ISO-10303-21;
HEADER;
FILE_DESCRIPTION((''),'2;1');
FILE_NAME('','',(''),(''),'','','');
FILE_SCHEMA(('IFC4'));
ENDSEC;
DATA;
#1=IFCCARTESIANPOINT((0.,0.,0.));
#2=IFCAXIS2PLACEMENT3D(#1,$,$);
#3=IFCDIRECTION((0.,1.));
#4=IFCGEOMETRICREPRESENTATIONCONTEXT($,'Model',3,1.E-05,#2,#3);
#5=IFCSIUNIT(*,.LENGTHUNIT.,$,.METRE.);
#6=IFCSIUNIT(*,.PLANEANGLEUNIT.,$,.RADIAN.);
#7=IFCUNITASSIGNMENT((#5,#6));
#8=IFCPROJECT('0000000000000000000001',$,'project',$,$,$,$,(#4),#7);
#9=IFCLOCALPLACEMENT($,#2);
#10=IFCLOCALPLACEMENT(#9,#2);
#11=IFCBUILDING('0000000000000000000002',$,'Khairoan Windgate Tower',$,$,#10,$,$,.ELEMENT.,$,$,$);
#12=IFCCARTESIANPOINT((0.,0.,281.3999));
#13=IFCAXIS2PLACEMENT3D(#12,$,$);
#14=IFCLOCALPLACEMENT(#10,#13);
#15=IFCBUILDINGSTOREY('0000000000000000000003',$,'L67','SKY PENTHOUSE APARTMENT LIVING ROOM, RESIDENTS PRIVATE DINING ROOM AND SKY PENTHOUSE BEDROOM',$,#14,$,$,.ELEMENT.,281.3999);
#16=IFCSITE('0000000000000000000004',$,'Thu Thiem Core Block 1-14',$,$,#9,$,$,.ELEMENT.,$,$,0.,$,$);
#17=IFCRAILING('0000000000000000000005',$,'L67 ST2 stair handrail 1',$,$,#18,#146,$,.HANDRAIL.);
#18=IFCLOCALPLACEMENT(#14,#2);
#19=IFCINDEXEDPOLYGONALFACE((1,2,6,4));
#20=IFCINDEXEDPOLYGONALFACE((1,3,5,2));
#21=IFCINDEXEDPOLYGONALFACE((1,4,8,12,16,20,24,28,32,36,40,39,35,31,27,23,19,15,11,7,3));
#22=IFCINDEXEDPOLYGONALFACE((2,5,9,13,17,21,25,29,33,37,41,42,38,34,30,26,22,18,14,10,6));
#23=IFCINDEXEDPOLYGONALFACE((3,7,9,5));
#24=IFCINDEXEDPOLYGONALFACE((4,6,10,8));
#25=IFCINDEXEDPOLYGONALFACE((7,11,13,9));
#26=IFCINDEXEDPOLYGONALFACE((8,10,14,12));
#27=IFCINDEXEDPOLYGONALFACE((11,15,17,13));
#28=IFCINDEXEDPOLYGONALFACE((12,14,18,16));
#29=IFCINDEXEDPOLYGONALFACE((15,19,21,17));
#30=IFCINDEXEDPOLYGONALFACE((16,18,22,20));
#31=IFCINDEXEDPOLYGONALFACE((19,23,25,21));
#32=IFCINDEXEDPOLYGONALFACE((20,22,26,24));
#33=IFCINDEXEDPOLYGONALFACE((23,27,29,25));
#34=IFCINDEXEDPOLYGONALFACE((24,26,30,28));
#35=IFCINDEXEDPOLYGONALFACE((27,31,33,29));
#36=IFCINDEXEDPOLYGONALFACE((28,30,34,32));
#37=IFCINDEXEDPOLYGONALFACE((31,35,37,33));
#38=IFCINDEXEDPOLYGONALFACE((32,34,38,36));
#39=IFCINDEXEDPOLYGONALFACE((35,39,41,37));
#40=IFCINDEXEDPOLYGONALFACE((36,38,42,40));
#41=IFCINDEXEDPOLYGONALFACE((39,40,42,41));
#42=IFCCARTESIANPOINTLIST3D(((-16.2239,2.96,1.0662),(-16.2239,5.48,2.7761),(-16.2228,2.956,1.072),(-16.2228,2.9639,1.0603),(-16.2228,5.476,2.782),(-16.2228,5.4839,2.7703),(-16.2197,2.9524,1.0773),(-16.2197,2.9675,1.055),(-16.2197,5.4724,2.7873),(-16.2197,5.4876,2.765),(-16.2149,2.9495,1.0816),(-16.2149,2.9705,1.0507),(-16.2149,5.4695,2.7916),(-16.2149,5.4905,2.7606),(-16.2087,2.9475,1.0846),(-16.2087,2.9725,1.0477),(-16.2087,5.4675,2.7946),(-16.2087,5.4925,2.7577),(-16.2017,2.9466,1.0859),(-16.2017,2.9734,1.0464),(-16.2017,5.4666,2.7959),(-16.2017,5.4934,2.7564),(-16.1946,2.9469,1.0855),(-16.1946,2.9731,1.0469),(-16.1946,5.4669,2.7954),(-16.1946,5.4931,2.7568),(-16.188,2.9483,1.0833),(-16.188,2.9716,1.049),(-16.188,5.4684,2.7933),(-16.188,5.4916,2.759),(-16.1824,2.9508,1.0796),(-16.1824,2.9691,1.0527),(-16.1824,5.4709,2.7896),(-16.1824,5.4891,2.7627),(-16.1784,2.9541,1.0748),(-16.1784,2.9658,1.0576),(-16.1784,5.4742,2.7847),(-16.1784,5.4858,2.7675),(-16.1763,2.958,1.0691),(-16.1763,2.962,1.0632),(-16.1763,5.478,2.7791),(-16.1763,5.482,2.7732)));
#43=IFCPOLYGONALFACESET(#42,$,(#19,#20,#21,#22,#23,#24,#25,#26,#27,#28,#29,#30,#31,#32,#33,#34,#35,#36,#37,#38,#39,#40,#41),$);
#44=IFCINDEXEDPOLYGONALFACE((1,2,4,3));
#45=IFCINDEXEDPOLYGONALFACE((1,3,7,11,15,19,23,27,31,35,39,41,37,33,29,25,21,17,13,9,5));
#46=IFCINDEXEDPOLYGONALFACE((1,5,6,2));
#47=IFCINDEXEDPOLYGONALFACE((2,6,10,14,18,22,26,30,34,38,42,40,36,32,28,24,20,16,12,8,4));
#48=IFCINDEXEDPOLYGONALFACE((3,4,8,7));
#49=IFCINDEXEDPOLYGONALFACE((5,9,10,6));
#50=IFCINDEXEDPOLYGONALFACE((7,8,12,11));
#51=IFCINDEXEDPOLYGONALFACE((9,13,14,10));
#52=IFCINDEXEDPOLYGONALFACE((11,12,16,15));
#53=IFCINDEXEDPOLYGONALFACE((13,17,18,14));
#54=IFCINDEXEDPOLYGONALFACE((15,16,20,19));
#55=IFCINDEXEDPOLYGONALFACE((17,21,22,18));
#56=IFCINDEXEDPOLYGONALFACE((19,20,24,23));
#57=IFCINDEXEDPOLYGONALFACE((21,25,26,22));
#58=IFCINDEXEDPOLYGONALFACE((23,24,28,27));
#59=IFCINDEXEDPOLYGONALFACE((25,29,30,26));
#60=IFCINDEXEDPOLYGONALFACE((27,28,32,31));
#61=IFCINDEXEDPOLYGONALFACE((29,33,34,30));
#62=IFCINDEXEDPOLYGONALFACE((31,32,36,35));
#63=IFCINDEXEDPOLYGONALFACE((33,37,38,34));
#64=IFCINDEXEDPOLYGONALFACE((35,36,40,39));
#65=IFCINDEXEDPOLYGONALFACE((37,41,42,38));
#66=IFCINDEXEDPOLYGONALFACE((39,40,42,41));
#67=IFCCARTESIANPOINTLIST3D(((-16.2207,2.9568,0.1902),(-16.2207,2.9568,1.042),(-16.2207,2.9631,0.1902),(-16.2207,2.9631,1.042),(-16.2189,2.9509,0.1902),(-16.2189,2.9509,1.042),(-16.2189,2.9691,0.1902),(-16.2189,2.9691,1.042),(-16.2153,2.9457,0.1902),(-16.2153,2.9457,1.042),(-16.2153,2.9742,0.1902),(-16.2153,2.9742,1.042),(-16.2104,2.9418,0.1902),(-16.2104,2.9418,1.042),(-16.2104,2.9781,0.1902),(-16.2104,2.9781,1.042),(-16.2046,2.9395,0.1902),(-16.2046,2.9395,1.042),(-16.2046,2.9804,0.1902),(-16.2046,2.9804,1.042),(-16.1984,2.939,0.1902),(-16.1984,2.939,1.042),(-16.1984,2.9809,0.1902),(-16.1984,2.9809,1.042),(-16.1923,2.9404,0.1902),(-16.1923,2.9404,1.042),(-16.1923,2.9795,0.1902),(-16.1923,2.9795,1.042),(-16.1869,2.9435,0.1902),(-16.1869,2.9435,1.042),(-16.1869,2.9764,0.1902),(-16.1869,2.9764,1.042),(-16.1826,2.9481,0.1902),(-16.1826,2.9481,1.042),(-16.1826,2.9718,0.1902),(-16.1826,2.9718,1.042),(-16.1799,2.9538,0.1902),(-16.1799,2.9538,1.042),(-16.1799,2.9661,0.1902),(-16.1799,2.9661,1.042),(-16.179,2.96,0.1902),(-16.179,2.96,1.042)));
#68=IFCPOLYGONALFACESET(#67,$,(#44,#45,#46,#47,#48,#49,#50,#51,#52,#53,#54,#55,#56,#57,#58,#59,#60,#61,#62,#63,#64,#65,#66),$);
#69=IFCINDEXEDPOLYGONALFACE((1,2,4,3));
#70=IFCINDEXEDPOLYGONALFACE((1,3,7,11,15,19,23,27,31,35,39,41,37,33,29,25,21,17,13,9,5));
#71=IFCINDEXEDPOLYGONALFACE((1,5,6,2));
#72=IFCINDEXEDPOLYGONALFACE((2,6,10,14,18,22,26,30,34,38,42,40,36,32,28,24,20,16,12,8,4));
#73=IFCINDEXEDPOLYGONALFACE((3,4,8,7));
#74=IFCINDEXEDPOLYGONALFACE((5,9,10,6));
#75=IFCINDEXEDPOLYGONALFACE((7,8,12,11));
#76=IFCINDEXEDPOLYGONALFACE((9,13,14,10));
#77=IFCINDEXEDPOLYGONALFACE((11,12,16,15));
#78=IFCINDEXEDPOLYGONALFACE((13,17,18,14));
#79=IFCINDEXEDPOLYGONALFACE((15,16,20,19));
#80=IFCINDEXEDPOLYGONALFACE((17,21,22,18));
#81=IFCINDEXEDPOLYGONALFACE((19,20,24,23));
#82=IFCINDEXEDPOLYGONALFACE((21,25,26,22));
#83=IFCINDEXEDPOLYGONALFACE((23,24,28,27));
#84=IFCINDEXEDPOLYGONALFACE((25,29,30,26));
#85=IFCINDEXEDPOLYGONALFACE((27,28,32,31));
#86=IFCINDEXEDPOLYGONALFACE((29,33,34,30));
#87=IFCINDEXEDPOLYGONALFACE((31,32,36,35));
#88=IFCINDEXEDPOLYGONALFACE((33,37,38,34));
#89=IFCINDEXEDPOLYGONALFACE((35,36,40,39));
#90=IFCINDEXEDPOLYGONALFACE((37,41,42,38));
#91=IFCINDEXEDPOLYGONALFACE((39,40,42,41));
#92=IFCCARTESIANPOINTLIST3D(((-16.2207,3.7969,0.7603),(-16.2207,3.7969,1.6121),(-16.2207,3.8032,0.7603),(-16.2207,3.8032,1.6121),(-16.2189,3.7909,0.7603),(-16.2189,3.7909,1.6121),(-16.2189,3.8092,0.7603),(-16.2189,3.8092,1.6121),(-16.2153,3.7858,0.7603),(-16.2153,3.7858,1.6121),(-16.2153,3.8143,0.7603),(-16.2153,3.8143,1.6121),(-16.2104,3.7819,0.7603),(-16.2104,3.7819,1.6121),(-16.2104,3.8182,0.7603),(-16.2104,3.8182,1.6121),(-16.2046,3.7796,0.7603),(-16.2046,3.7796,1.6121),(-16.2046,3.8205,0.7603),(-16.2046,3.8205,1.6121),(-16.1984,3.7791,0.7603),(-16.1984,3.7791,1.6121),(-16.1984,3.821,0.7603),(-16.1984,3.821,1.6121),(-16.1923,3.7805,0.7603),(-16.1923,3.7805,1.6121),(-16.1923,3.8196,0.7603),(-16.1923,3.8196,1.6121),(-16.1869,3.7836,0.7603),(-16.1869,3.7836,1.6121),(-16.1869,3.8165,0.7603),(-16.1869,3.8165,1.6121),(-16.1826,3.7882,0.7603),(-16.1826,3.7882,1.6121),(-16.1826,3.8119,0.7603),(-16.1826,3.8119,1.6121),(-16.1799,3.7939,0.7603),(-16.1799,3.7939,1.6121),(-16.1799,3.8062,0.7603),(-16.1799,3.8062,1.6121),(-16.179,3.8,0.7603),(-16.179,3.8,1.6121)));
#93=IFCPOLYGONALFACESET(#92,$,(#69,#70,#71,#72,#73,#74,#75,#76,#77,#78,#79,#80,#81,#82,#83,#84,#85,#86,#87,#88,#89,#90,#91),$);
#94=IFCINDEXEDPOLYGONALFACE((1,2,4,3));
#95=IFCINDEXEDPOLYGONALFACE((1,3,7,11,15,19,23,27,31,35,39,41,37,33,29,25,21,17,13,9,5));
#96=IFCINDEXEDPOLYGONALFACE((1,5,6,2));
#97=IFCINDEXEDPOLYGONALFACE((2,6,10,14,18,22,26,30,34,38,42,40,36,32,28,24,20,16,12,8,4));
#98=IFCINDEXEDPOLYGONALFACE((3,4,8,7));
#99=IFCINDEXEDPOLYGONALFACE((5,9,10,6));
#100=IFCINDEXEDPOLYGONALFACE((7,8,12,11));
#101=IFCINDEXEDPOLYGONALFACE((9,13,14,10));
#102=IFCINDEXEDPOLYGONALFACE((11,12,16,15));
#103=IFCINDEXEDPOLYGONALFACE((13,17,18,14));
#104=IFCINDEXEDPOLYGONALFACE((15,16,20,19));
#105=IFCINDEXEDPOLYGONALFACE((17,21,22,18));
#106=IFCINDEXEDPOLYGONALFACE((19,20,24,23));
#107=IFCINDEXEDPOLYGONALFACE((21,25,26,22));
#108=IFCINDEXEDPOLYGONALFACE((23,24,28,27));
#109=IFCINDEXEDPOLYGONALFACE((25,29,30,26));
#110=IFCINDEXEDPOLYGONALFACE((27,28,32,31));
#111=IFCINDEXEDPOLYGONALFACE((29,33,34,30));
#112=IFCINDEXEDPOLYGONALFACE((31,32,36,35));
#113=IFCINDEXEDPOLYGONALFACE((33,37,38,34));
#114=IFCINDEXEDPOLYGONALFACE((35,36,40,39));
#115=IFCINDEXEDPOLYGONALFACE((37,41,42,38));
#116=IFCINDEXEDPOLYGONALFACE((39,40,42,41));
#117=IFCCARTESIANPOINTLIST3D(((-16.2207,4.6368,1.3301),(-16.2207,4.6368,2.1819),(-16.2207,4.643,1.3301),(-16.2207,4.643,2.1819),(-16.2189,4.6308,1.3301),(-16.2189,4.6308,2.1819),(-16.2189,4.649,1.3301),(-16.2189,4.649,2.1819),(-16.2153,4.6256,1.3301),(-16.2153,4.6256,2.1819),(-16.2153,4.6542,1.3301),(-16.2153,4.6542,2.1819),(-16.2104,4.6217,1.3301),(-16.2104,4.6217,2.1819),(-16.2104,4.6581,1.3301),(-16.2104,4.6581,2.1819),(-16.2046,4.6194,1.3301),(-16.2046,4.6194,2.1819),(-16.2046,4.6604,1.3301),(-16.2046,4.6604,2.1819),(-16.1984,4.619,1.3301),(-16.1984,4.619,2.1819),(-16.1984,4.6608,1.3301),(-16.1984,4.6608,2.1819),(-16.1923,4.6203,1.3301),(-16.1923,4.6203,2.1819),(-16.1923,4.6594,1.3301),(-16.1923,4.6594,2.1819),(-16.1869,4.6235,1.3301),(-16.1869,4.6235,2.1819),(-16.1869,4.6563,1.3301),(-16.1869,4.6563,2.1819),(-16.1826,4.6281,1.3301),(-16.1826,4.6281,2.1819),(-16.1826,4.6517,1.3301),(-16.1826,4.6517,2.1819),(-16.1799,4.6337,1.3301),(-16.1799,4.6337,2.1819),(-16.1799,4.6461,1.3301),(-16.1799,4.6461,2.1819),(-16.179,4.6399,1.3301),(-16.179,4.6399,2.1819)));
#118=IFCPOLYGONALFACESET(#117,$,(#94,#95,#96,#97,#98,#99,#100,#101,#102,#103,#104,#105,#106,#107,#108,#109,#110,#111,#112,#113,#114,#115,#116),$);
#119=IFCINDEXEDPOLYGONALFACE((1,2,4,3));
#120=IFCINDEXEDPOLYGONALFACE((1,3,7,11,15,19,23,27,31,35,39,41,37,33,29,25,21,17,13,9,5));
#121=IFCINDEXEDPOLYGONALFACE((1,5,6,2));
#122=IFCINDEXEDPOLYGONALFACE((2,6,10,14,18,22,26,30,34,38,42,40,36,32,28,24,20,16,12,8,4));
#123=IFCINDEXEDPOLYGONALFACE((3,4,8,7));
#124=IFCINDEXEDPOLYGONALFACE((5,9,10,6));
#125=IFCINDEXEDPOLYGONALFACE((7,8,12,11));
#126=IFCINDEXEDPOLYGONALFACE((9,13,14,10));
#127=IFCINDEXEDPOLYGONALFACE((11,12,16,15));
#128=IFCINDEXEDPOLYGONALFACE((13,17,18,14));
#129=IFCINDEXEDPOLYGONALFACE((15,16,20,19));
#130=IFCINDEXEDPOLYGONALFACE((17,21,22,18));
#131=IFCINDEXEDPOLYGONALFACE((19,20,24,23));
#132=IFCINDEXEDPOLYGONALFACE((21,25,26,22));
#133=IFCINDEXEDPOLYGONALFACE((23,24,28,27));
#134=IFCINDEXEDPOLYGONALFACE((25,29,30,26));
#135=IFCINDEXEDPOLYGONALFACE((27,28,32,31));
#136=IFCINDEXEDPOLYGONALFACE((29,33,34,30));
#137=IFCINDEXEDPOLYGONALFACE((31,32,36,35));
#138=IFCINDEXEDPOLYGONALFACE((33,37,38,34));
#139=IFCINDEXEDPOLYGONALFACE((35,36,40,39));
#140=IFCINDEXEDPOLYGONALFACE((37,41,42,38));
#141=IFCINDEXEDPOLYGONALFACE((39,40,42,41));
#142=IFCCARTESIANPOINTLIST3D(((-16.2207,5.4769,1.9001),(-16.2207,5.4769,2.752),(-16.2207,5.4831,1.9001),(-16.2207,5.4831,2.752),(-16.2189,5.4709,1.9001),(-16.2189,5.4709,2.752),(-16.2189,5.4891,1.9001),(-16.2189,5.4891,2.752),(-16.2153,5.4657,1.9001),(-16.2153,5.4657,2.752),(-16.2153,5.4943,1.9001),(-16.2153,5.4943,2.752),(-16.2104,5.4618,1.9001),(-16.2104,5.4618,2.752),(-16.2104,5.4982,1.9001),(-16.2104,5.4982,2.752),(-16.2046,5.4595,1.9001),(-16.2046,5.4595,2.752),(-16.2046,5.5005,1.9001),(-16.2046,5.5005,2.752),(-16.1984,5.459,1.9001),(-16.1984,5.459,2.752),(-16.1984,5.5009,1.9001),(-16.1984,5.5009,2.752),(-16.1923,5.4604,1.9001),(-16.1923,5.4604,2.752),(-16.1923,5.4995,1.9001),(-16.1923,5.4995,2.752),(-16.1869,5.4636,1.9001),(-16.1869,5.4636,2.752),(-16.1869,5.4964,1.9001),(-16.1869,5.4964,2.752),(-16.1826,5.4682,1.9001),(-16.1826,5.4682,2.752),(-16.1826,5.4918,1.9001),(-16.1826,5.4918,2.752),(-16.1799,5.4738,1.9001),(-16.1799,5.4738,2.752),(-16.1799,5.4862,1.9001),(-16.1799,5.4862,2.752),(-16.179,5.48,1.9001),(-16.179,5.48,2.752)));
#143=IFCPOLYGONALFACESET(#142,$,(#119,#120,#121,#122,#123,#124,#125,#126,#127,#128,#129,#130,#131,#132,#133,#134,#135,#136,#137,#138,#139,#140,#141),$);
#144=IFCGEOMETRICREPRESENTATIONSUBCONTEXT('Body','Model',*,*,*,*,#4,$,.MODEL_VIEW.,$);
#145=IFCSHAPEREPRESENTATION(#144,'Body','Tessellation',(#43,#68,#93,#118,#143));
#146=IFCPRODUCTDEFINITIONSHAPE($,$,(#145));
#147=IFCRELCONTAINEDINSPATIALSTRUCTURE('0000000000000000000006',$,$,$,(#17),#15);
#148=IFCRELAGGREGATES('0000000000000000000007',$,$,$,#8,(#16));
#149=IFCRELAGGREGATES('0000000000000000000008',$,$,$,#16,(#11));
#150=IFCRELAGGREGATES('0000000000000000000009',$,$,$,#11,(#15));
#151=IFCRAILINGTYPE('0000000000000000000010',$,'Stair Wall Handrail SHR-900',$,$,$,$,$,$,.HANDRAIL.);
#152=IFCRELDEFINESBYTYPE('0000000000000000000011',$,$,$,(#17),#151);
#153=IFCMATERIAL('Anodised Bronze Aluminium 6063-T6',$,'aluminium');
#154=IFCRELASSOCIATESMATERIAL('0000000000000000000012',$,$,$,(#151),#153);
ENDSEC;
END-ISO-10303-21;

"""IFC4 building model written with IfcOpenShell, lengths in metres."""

from ifc_helpers import new_model, si_unit, direction, frame, origin, origin_2d, place, context, subcontext, project, spatial, circle, extrude, material, type_object, element, save


model = new_model("IFC4")

# Units and contexts
model_context = context("Model", 3, precision=1e-05, world=origin(), true_north=direction((0.0, 1.0)))
body_context = subcontext(model_context, "Body", "Model", "MODEL_VIEW")
ifc_project = project(units=[si_unit("LENGTHUNIT", "METRE"), si_unit("PLANEANGLEUNIT", "RADIAN")], contexts=[model_context])

# Site, building, storey
site_placement = place(None, origin())
site = spatial("IfcSite", under=ifc_project, at=site_placement, Name="Thu Thiem Core Block 1-14", CompositionType="ELEMENT", RefElevation=0.0)
building_placement = place(site_placement, origin())
building = spatial("IfcBuilding", under=site, at=building_placement, Name="Khairoan Windgate Tower", CompositionType="ELEMENT")
storey_placement = place(building_placement, frame((0.0, 0.0, 281.3999)))
storey = spatial("IfcBuildingStorey", under=building, at=storey_placement, Name="L67", Description="SKY PENTHOUSE APARTMENT LIVING ROOM, RESIDENTS PRIVATE DINING ROOM AND SKY PENTHOUSE BEDROOM", CompositionType="ELEMENT", Elevation=281.3999)

# Railing
ifc_material_1 = material(Name="Anodised Bronze Aluminium 6063-T6", Category="aluminium")
railing_type_1 = type_object("IfcRailingType", Name="Stair Wall Handrail SHR-900", PredefinedType="HANDRAIL", material=ifc_material_1)
railing_1_placement = place(storey_placement, frame((-16.2, 2.96, 0.1902)))
element("IfcRailing", 1, at=railing_1_placement, inside=storey, type_object=railing_type_1, Name="L67 ST2 stair handrail 1", PredefinedType="HANDRAIL", context=body_context, shape_type="SweptSolid", body=[
    extrude(circle(Radius=0.0239, at=origin_2d()), frame((0.0, 0.0, 0.876), z_axis=(0.0, 0.827484, 0.56149), x_axis=(-1.0, 0.0, 0.0)), (0.0, 0.0, 1.0), 3.0454),
    extrude(circle(Radius=0.021, at=origin_2d()), origin(), (0.0, 0.0, 1.0), 0.8518),
    extrude(circle(Radius=0.021, at=origin_2d()), frame((0.0, 0.8401, 0.5701)), (0.0, 0.0, 1.0), 0.8518),
    extrude(circle(Radius=0.021, at=origin_2d()), frame((0.0, 1.6799, 1.1399)), (0.0, 0.0, 1.0), 0.8518),
    extrude(circle(Radius=0.021, at=origin_2d()), frame((0.0, 2.52, 1.71)), (0.0, 0.0, 1.0), 0.8518),
])

save(model, "model.ifc")
